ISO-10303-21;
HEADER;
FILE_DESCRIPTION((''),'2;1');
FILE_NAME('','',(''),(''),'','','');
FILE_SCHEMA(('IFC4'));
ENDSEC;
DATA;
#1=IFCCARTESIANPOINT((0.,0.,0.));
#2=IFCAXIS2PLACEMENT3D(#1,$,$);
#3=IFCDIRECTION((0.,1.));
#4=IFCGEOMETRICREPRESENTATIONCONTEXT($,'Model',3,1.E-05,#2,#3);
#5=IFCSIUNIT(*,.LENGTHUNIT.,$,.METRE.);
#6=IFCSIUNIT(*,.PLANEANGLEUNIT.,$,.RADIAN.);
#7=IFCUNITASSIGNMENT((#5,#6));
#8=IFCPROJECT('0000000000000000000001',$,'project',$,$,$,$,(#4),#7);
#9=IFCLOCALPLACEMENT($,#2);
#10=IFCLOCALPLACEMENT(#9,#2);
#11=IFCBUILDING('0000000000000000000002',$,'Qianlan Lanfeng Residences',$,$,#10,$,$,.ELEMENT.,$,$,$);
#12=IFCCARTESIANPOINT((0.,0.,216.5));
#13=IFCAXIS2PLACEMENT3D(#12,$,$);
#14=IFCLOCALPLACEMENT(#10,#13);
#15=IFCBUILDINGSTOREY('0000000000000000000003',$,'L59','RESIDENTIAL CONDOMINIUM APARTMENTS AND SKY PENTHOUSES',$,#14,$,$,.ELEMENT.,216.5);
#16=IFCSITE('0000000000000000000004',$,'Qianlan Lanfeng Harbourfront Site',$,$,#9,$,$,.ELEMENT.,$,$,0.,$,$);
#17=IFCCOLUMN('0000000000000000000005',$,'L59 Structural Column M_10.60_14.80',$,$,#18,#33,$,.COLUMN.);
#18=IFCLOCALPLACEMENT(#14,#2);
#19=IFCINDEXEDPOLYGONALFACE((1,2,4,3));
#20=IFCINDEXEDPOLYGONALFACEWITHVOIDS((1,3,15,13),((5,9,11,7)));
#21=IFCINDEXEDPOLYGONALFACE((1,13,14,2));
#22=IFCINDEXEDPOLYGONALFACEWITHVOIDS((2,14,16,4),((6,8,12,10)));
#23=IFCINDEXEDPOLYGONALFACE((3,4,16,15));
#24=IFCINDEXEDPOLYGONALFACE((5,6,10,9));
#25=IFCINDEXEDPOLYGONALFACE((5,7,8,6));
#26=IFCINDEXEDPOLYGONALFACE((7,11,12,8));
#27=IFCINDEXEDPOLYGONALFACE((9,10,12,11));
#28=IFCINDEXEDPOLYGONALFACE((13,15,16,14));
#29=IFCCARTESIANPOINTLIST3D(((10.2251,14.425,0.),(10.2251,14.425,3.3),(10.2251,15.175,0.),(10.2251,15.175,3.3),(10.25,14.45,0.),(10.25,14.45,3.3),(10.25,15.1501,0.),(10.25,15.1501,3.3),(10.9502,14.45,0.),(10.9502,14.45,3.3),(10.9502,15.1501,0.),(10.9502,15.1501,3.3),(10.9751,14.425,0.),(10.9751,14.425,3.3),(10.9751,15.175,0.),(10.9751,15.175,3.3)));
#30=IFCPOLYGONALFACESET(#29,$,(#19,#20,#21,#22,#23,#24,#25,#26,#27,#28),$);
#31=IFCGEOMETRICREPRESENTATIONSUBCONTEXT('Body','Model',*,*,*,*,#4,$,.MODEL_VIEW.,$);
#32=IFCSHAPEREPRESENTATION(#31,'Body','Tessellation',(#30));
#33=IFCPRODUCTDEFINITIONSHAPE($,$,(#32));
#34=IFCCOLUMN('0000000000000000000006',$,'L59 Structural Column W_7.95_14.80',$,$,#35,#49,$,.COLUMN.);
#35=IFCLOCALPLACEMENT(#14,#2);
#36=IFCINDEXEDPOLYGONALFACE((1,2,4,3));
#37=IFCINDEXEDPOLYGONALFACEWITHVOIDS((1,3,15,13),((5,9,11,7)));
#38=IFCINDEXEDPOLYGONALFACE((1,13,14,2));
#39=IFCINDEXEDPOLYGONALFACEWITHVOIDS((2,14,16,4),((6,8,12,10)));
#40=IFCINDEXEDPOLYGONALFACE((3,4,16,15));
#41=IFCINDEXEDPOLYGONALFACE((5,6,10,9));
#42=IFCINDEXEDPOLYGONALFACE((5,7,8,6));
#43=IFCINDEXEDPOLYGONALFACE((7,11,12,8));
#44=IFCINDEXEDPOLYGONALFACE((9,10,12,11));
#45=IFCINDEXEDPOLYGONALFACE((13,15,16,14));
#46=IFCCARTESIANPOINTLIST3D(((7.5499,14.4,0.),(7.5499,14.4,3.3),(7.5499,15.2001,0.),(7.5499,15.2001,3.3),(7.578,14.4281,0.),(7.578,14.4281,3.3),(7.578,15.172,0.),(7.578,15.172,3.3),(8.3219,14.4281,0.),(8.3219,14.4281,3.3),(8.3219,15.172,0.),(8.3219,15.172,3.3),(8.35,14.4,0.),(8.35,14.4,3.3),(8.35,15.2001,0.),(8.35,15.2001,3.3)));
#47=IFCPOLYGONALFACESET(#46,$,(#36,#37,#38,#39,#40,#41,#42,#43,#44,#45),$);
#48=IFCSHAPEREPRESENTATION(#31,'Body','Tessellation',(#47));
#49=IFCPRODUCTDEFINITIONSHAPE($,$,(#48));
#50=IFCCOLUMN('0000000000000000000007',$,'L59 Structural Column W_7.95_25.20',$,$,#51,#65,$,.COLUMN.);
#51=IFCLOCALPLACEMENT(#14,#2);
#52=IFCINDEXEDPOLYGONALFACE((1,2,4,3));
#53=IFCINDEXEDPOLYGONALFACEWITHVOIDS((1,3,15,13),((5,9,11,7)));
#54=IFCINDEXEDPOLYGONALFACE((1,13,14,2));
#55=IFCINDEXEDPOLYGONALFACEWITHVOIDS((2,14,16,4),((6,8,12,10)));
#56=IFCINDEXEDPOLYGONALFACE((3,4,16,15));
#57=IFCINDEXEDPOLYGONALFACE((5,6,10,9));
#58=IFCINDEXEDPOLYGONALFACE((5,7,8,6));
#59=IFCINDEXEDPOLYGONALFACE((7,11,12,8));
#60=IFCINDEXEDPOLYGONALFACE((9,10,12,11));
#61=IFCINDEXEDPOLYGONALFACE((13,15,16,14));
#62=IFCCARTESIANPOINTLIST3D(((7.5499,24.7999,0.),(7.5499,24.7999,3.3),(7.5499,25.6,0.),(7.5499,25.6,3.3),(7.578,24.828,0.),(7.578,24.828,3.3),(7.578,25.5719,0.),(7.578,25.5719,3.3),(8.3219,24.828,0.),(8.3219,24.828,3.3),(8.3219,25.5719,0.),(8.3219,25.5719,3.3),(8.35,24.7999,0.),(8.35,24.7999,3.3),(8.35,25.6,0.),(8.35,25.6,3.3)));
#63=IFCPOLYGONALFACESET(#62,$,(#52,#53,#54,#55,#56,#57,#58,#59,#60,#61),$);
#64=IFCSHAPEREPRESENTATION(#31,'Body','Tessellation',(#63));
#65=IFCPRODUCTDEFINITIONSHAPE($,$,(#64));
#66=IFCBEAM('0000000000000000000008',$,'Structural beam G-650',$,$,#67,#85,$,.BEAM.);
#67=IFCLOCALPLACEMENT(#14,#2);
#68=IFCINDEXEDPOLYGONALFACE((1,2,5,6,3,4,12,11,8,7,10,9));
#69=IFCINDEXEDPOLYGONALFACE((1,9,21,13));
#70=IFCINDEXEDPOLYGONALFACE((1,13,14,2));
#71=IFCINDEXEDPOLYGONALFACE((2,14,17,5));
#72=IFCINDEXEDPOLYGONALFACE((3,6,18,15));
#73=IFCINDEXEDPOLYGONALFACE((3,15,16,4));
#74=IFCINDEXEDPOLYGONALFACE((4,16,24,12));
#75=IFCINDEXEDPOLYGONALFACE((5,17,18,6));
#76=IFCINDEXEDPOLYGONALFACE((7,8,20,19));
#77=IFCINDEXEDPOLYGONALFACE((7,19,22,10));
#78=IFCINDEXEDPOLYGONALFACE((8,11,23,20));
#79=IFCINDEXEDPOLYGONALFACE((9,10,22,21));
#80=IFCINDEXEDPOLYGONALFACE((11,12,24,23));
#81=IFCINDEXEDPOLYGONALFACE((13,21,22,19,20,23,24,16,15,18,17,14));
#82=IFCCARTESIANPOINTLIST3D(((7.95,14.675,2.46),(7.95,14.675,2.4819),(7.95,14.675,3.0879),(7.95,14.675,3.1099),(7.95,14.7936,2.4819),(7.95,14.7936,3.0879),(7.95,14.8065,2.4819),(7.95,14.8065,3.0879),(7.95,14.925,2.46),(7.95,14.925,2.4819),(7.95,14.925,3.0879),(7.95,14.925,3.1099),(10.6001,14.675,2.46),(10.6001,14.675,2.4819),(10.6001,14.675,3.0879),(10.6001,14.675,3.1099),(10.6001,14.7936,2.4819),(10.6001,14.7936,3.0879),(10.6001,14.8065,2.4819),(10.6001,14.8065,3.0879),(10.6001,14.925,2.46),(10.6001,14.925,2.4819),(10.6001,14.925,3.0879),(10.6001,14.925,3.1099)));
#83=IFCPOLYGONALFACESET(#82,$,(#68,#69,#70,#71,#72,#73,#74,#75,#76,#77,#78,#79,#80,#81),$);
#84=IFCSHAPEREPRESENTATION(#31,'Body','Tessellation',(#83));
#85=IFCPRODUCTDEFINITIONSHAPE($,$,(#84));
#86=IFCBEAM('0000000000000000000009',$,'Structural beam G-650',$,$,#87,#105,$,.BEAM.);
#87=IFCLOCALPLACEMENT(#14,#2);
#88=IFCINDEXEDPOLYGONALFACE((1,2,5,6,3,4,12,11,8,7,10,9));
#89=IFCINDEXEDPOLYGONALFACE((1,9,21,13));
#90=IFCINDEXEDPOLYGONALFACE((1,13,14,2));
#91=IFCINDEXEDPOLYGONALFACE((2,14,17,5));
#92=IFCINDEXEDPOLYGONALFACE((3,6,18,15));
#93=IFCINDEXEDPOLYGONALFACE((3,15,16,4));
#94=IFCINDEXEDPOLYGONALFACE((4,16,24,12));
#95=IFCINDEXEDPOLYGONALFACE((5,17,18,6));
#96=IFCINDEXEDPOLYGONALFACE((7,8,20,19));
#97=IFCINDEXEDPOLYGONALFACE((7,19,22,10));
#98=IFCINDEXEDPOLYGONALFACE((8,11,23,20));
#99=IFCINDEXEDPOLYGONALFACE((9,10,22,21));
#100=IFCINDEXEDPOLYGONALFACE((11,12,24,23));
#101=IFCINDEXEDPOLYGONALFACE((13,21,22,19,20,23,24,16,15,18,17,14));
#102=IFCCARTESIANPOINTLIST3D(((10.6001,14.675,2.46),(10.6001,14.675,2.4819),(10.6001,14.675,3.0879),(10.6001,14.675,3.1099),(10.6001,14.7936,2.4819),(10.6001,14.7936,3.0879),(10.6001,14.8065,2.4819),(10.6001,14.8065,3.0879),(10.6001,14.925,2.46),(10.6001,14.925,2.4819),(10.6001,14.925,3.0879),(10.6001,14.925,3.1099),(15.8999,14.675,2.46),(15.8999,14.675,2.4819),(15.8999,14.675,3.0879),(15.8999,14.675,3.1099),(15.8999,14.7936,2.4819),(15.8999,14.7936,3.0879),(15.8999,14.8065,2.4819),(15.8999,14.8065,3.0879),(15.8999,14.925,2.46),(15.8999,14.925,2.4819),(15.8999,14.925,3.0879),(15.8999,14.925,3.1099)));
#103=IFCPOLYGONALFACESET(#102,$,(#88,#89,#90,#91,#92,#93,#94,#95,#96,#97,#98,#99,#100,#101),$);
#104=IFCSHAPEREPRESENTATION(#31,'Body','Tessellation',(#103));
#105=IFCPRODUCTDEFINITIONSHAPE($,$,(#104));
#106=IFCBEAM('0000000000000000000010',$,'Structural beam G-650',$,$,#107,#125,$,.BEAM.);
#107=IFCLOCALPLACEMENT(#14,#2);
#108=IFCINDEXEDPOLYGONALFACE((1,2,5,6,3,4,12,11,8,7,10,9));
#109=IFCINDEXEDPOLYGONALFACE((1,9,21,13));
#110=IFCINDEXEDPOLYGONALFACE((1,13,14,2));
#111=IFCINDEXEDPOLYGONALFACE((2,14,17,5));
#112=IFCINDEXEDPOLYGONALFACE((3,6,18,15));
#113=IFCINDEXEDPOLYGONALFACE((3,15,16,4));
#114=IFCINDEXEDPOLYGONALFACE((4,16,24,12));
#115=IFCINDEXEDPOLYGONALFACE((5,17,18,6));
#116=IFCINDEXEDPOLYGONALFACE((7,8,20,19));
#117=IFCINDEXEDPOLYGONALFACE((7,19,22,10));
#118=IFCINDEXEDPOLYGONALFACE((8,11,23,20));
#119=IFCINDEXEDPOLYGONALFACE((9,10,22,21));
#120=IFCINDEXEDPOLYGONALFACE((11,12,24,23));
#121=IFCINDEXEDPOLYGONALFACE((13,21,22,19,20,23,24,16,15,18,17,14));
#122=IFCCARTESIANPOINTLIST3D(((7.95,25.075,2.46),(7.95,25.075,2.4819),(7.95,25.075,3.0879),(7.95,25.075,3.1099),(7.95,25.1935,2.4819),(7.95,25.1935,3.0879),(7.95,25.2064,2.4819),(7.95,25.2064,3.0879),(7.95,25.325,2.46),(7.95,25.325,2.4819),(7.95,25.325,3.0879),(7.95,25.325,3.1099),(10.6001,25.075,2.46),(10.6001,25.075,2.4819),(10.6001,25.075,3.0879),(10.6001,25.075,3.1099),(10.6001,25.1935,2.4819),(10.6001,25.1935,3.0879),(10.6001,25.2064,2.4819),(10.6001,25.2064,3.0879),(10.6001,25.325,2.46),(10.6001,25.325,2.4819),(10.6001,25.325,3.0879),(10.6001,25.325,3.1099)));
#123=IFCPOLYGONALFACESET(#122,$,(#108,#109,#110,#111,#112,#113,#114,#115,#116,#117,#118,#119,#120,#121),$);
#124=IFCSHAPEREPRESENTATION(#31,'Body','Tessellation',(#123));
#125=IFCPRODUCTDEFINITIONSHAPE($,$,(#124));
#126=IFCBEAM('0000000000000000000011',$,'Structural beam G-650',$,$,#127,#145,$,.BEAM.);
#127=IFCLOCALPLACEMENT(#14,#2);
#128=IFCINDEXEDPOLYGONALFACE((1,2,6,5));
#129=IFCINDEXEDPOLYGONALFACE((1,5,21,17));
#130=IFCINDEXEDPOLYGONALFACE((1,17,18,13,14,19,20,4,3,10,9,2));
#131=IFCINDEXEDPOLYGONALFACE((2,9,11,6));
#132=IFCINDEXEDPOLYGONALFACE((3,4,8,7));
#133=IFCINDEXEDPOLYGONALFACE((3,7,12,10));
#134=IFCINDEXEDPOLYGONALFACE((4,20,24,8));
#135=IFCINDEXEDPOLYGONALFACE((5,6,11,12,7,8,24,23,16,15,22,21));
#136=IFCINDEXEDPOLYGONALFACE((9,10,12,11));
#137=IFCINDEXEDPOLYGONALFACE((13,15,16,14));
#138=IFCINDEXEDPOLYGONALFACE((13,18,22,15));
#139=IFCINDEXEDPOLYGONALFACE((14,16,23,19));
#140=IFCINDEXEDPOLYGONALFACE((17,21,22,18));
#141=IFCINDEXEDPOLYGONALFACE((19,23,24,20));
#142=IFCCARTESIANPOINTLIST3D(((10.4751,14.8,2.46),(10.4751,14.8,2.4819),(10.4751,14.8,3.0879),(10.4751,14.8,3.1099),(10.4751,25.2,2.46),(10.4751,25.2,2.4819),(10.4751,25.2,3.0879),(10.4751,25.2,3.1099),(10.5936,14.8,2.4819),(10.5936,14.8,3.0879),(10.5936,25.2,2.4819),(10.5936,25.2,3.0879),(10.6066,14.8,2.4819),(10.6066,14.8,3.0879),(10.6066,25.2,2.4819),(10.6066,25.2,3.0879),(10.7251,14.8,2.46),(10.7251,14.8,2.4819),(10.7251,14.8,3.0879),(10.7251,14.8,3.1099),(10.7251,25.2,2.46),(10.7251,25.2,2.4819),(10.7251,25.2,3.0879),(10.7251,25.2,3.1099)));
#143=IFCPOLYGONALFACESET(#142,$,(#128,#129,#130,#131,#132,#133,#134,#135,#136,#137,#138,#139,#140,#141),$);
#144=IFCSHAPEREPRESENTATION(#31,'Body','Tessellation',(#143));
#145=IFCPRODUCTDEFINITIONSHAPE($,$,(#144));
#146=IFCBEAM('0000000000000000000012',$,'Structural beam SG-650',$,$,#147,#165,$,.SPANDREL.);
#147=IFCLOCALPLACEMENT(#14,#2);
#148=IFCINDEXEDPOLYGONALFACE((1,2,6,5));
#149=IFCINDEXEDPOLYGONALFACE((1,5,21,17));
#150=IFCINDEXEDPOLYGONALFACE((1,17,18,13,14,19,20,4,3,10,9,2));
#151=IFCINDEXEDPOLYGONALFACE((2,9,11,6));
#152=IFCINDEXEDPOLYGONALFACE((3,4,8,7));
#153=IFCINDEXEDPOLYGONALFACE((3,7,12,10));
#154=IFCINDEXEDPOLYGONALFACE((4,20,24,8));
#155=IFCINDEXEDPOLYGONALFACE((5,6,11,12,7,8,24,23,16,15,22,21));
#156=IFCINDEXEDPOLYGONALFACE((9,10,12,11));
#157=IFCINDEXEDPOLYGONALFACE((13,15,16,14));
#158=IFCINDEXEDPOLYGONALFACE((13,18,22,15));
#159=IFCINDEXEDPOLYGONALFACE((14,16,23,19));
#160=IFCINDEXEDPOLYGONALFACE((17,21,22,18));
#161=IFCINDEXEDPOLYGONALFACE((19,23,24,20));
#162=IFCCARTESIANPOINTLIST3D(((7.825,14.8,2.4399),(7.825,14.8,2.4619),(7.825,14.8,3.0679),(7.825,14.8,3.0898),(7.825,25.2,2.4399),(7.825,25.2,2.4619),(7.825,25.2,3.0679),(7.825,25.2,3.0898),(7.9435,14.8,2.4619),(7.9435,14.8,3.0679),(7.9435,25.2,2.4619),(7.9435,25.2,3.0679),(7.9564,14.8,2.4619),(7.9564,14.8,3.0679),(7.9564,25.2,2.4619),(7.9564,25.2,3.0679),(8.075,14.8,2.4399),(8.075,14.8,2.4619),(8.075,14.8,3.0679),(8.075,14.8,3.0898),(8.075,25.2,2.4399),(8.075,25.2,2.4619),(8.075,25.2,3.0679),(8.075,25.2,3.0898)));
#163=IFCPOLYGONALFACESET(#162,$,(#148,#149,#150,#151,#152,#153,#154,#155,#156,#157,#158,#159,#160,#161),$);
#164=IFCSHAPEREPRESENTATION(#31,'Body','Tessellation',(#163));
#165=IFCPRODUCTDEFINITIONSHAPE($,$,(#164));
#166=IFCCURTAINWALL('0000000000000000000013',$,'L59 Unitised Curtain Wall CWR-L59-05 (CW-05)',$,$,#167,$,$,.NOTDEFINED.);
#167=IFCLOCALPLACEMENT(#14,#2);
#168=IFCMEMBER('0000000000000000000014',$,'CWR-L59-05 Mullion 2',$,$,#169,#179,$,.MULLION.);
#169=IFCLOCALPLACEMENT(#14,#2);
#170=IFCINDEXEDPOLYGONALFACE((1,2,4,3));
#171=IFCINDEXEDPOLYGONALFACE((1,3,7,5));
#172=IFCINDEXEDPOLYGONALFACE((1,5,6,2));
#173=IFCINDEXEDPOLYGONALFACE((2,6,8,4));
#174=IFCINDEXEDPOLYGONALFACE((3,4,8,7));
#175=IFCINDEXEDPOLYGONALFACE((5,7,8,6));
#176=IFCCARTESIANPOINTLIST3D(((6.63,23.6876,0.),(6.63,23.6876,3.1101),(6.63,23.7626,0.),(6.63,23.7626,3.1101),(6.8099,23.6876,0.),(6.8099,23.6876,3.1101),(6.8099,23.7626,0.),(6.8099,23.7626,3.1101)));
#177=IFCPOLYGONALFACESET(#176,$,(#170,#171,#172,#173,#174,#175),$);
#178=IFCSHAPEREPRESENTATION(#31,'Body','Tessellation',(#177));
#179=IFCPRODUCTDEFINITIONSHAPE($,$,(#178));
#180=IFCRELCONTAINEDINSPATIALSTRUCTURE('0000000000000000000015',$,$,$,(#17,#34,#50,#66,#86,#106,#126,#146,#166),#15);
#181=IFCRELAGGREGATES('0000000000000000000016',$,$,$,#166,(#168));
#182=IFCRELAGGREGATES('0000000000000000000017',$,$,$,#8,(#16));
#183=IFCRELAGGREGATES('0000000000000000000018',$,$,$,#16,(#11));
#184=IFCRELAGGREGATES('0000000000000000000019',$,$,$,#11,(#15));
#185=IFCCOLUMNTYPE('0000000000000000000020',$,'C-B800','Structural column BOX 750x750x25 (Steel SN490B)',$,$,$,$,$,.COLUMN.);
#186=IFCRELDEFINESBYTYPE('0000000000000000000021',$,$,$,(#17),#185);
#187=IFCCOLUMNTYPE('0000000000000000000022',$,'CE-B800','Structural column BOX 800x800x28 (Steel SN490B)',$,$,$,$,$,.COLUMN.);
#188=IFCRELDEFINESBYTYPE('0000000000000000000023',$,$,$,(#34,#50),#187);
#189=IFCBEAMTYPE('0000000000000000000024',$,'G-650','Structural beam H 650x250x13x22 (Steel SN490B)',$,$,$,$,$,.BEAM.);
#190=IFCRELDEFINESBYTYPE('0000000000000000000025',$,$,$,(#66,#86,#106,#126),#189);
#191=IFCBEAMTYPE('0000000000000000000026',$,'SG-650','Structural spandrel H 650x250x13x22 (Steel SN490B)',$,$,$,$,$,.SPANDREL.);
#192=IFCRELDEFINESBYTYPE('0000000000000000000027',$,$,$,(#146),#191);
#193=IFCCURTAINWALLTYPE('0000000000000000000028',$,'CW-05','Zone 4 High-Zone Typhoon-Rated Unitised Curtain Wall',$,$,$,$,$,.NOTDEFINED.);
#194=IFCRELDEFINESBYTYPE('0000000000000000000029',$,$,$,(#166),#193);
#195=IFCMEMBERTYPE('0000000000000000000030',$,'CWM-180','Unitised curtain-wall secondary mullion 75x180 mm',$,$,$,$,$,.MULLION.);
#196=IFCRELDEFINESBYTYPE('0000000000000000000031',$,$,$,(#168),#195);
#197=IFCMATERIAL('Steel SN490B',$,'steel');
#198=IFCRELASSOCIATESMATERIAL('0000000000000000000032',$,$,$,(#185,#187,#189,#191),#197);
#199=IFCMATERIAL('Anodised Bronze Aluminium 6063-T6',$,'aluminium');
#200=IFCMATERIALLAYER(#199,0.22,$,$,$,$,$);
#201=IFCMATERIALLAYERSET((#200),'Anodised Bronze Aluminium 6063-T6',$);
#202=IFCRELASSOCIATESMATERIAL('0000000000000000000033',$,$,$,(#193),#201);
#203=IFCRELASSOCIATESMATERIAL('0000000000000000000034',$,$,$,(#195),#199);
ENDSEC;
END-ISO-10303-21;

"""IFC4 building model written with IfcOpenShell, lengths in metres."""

from ifc_helpers import new_model, si_unit, direction, frame, origin, origin_2d, place, context, subcontext, project, spatial, rectangle, hollow_rectangle, i_section, extrude, source, transform, mapped, material, layer, layer_set, material_profile, profile_set, type_object, element, aggregate, save


model = new_model("IFC4")

# Units and contexts
model_context = context("Model", 3, precision=1e-05, world=origin(), true_north=direction((0.0, 1.0)))
body_context = subcontext(model_context, "Body", "Model", "MODEL_VIEW")
ifc_project = project(units=[si_unit("LENGTHUNIT", "METRE"), si_unit("PLANEANGLEUNIT", "RADIAN")], contexts=[model_context])

# Site, building, storey
site_placement = place(None, origin())
site = spatial("IfcSite", under=ifc_project, at=site_placement, Name="Qianlan Lanfeng Harbourfront Site", CompositionType="ELEMENT", RefElevation=0.0)
building_placement = place(site_placement, origin())
building = spatial("IfcBuilding", under=site, at=building_placement, Name="Qianlan Lanfeng Residences", CompositionType="ELEMENT")
storey_placement = place(building_placement, frame((0.0, 0.0, 216.5)))
storey = spatial("IfcBuildingStorey", under=building, at=storey_placement, Name="L59", Description="RESIDENTIAL CONDOMINIUM APARTMENTS AND SKY PENTHOUSES", CompositionType="ELEMENT", Elevation=216.5)

# Columns
ifc_material_1 = material(Name="Steel SN490B", Category="steel")
ifc_material_profile_1 = material_profile(ifc_material_1, hollow_rectangle(XDim=0.75, YDim=0.75, WallThickness=0.0249, at=origin_2d()), Name="BOX 750x750x25")
ifc_profile_set_1 = profile_set([ifc_material_profile_1], Name="Steel SN490B")
column_type_1 = type_object("IfcColumnType", Name="C-B800", Description="Structural column BOX 750x750x25 (Steel SN490B)", PredefinedType="COLUMN", material=ifc_profile_set_1)
column_placement = place(storey_placement, frame((10.6001, 14.8, 0.0), z_axis=(0.0, 0.0, 1.0), x_axis=(1.0, 0.0, 0.0)))
element("IfcColumn", 1, at=column_placement, inside=storey, type_object=column_type_1, Name="L59 Structural Column M_10.60_14.80", PredefinedType="COLUMN", context=body_context, shape_type="SweptSolid", body=[
    extrude(hollow_rectangle(XDim=0.75, YDim=0.75, WallThickness=0.0249, at=origin_2d()), origin(), (0.0, 0.0, 1.0), 3.3),
])
ifc_material_profile_2 = material_profile(ifc_material_1, hollow_rectangle(XDim=0.8, YDim=0.8, WallThickness=0.0281, at=origin_2d()), Name="BOX 800x800x28")
ifc_profile_set_2 = profile_set([ifc_material_profile_2], Name="Steel SN490B")
column_type_2 = type_object("IfcColumnType", Name="CE-B800", Description="Structural column BOX 800x800x28 (Steel SN490B)", PredefinedType="COLUMN", material=ifc_profile_set_2)
for number, where, z_axis, x_axis, name in (
    (2, (7.95, 14.8, 0.0), (0.0, 0.0, 1.0), (1.0, 0.0, 0.0), "L59 Structural Column W_7.95_14.80"),
    (3, (7.95, 25.2, 0.0), (0.0, 0.0, 1.0), (1.0, 0.0, 0.0), "L59 Structural Column W_7.95_25.20"),
):
    element("IfcColumn", number, at=place(storey_placement, frame(where, z_axis=z_axis, x_axis=x_axis)), inside=storey, type_object=column_type_2, Name=name, PredefinedType="COLUMN", context=body_context, shape_type="SweptSolid", body=[
        extrude(hollow_rectangle(XDim=0.8, YDim=0.8, WallThickness=0.0281, at=origin_2d()), origin(), (0.0, 0.0, 1.0), 3.3),
    ])

# Beams
ifc_material_profile_3 = material_profile(ifc_material_1, i_section(OverallWidth=0.25, OverallDepth=0.6499, WebThickness=0.0129, FlangeThickness=0.022, at=origin_2d()), Name="H 650x250x13x22")
ifc_profile_set_3 = profile_set([ifc_material_profile_3], Name="Steel SN490B")
beam_type_1 = type_object("IfcBeamType", Name="G-650", Description="Structural beam H 650x250x13x22 (Steel SN490B)", PredefinedType="BEAM", material=ifc_profile_set_3)
beam_1_placement = place(storey_placement, frame((7.95, 14.8, 2.7849), z_axis=(1.0, 0.0, 0.0), x_axis=(0.0, 1.0, 0.0)))
element("IfcBeam", 4, at=beam_1_placement, inside=storey, type_object=beam_type_1, Name="Structural beam G-650", PredefinedType="BEAM", context=body_context, shape_type="SweptSolid", body=[
    extrude(i_section(OverallWidth=0.25, OverallDepth=0.6499, WebThickness=0.0129, FlangeThickness=0.022, at=origin_2d()), origin(), (0.0, 0.0, 1.0), 2.6501),
])
beam_2_placement = place(storey_placement, frame((10.6001, 14.8, 2.7849), z_axis=(1.0, 0.0, 0.0), x_axis=(0.0, 1.0, 0.0)))
element("IfcBeam", 5, at=beam_2_placement, inside=storey, type_object=beam_type_1, Name="Structural beam G-650", PredefinedType="BEAM", context=body_context, shape_type="SweptSolid", body=[
    extrude(i_section(OverallWidth=0.25, OverallDepth=0.6499, WebThickness=0.0129, FlangeThickness=0.022, at=origin_2d()), origin(), (0.0, 0.0, 1.0), 5.2998),
])
beam_3_placement = place(storey_placement, frame((7.95, 25.2, 2.7849), z_axis=(1.0, 0.0, 0.0), x_axis=(0.0, 1.0, 0.0)))
element("IfcBeam", 6, at=beam_3_placement, inside=storey, type_object=beam_type_1, Name="Structural beam G-650", PredefinedType="BEAM", context=body_context, shape_type="SweptSolid", body=[
    extrude(i_section(OverallWidth=0.25, OverallDepth=0.6499, WebThickness=0.0129, FlangeThickness=0.022, at=origin_2d()), origin(), (0.0, 0.0, 1.0), 2.6501),
])
beam_4_placement = place(storey_placement, frame((10.6001, 14.8, 2.7849), z_axis=(0.0, 1.0, 0.0), x_axis=(-1.0, 0.0, 0.0)))
element("IfcBeam", 7, at=beam_4_placement, inside=storey, type_object=beam_type_1, Name="Structural beam G-650", PredefinedType="BEAM", context=body_context, shape_type="SweptSolid", body=[
    extrude(i_section(OverallWidth=0.25, OverallDepth=0.6499, WebThickness=0.0129, FlangeThickness=0.022, at=origin_2d()), origin(), (0.0, 0.0, 1.0), 10.3999),
])
ifc_material_profile_4 = material_profile(ifc_material_1, i_section(OverallWidth=0.25, OverallDepth=0.6499, WebThickness=0.0129, FlangeThickness=0.022, at=origin_2d()), Name="H 650x250x13x22")
ifc_profile_set_4 = profile_set([ifc_material_profile_4], Name="Steel SN490B")
beam_type_2 = type_object("IfcBeamType", Name="SG-650", Description="Structural spandrel H 650x250x13x22 (Steel SN490B)", PredefinedType="SPANDREL", material=ifc_profile_set_4)
beam_5_placement = place(storey_placement, frame((7.95, 14.8, 2.7649), z_axis=(0.0, 1.0, 0.0), x_axis=(-1.0, 0.0, 0.0)))
element("IfcBeam", 8, at=beam_5_placement, inside=storey, type_object=beam_type_2, Name="Structural beam SG-650", PredefinedType="SPANDREL", context=body_context, shape_type="SweptSolid", body=[
    extrude(i_section(OverallWidth=0.25, OverallDepth=0.6499, WebThickness=0.0129, FlangeThickness=0.022, at=origin_2d()), origin(), (0.0, 0.0, 1.0), 10.3999),
])

# Curtain wall, member
ifc_material_2 = material(Name="Anodised Bronze Aluminium 6063-T6", Category="aluminium")
ifc_layer_1 = layer(ifc_material_2, 0.22)
ifc_layer_set_1 = layer_set([ifc_layer_1], Name="Anodised Bronze Aluminium 6063-T6")
curtain_wall_type = type_object("IfcCurtainWallType", Name="CW-05", Description="Zone 4 High-Zone Typhoon-Rated Unitised Curtain Wall", PredefinedType="NOTDEFINED", material=ifc_layer_set_1)
curtain_wall_placement = place(storey_placement, origin())
curtain_wall = element("IfcCurtainWall", 9, at=curtain_wall_placement, inside=storey, type_object=curtain_wall_type, Name="L59 Unitised Curtain Wall CWR-L59-05 (CW-05)", PredefinedType="NOTDEFINED")
ifc_material_profile_5 = material_profile(ifc_material_2, rectangle(XDim=0.075, YDim=0.1799, at=origin_2d()), Name="ALU MULLION 75x180")
ifc_profile_set_5 = profile_set([ifc_material_profile_5], Name="Anodised Bronze Aluminium 6063-T6")
member_type_1 = type_object("IfcMemberType", Name="CWM-180", Description="Unitised curtain-wall secondary mullion 75x180 mm", PredefinedType="MULLION", material=ifc_profile_set_5)
shared_shape_1 = source(origin(), body_context, "Body", "SweptSolid", [
    extrude(rectangle(XDim=0.075, YDim=0.1799, at=origin_2d()), origin(), (0.0, 0.0, 1.0), 3.1101),
])
member_1_placement = place(storey_placement, frame((6.72, 23.7251, 0.0), z_axis=(0.0, 0.0, 1.0), x_axis=(0.0, -1.0, 0.0)))
member_1 = element("IfcMember", 10, at=member_1_placement, type_object=member_type_1, Name="CWR-L59-05 Mullion 2", PredefinedType="MULLION", context=body_context, shape_type="MappedRepresentation", body=[
    mapped(shared_shape_1, transform((0.0, 0.0, 0.0), scale=1.0)),
])
aggregate(curtain_wall, [member_1])

save(model, "model.ifc")
